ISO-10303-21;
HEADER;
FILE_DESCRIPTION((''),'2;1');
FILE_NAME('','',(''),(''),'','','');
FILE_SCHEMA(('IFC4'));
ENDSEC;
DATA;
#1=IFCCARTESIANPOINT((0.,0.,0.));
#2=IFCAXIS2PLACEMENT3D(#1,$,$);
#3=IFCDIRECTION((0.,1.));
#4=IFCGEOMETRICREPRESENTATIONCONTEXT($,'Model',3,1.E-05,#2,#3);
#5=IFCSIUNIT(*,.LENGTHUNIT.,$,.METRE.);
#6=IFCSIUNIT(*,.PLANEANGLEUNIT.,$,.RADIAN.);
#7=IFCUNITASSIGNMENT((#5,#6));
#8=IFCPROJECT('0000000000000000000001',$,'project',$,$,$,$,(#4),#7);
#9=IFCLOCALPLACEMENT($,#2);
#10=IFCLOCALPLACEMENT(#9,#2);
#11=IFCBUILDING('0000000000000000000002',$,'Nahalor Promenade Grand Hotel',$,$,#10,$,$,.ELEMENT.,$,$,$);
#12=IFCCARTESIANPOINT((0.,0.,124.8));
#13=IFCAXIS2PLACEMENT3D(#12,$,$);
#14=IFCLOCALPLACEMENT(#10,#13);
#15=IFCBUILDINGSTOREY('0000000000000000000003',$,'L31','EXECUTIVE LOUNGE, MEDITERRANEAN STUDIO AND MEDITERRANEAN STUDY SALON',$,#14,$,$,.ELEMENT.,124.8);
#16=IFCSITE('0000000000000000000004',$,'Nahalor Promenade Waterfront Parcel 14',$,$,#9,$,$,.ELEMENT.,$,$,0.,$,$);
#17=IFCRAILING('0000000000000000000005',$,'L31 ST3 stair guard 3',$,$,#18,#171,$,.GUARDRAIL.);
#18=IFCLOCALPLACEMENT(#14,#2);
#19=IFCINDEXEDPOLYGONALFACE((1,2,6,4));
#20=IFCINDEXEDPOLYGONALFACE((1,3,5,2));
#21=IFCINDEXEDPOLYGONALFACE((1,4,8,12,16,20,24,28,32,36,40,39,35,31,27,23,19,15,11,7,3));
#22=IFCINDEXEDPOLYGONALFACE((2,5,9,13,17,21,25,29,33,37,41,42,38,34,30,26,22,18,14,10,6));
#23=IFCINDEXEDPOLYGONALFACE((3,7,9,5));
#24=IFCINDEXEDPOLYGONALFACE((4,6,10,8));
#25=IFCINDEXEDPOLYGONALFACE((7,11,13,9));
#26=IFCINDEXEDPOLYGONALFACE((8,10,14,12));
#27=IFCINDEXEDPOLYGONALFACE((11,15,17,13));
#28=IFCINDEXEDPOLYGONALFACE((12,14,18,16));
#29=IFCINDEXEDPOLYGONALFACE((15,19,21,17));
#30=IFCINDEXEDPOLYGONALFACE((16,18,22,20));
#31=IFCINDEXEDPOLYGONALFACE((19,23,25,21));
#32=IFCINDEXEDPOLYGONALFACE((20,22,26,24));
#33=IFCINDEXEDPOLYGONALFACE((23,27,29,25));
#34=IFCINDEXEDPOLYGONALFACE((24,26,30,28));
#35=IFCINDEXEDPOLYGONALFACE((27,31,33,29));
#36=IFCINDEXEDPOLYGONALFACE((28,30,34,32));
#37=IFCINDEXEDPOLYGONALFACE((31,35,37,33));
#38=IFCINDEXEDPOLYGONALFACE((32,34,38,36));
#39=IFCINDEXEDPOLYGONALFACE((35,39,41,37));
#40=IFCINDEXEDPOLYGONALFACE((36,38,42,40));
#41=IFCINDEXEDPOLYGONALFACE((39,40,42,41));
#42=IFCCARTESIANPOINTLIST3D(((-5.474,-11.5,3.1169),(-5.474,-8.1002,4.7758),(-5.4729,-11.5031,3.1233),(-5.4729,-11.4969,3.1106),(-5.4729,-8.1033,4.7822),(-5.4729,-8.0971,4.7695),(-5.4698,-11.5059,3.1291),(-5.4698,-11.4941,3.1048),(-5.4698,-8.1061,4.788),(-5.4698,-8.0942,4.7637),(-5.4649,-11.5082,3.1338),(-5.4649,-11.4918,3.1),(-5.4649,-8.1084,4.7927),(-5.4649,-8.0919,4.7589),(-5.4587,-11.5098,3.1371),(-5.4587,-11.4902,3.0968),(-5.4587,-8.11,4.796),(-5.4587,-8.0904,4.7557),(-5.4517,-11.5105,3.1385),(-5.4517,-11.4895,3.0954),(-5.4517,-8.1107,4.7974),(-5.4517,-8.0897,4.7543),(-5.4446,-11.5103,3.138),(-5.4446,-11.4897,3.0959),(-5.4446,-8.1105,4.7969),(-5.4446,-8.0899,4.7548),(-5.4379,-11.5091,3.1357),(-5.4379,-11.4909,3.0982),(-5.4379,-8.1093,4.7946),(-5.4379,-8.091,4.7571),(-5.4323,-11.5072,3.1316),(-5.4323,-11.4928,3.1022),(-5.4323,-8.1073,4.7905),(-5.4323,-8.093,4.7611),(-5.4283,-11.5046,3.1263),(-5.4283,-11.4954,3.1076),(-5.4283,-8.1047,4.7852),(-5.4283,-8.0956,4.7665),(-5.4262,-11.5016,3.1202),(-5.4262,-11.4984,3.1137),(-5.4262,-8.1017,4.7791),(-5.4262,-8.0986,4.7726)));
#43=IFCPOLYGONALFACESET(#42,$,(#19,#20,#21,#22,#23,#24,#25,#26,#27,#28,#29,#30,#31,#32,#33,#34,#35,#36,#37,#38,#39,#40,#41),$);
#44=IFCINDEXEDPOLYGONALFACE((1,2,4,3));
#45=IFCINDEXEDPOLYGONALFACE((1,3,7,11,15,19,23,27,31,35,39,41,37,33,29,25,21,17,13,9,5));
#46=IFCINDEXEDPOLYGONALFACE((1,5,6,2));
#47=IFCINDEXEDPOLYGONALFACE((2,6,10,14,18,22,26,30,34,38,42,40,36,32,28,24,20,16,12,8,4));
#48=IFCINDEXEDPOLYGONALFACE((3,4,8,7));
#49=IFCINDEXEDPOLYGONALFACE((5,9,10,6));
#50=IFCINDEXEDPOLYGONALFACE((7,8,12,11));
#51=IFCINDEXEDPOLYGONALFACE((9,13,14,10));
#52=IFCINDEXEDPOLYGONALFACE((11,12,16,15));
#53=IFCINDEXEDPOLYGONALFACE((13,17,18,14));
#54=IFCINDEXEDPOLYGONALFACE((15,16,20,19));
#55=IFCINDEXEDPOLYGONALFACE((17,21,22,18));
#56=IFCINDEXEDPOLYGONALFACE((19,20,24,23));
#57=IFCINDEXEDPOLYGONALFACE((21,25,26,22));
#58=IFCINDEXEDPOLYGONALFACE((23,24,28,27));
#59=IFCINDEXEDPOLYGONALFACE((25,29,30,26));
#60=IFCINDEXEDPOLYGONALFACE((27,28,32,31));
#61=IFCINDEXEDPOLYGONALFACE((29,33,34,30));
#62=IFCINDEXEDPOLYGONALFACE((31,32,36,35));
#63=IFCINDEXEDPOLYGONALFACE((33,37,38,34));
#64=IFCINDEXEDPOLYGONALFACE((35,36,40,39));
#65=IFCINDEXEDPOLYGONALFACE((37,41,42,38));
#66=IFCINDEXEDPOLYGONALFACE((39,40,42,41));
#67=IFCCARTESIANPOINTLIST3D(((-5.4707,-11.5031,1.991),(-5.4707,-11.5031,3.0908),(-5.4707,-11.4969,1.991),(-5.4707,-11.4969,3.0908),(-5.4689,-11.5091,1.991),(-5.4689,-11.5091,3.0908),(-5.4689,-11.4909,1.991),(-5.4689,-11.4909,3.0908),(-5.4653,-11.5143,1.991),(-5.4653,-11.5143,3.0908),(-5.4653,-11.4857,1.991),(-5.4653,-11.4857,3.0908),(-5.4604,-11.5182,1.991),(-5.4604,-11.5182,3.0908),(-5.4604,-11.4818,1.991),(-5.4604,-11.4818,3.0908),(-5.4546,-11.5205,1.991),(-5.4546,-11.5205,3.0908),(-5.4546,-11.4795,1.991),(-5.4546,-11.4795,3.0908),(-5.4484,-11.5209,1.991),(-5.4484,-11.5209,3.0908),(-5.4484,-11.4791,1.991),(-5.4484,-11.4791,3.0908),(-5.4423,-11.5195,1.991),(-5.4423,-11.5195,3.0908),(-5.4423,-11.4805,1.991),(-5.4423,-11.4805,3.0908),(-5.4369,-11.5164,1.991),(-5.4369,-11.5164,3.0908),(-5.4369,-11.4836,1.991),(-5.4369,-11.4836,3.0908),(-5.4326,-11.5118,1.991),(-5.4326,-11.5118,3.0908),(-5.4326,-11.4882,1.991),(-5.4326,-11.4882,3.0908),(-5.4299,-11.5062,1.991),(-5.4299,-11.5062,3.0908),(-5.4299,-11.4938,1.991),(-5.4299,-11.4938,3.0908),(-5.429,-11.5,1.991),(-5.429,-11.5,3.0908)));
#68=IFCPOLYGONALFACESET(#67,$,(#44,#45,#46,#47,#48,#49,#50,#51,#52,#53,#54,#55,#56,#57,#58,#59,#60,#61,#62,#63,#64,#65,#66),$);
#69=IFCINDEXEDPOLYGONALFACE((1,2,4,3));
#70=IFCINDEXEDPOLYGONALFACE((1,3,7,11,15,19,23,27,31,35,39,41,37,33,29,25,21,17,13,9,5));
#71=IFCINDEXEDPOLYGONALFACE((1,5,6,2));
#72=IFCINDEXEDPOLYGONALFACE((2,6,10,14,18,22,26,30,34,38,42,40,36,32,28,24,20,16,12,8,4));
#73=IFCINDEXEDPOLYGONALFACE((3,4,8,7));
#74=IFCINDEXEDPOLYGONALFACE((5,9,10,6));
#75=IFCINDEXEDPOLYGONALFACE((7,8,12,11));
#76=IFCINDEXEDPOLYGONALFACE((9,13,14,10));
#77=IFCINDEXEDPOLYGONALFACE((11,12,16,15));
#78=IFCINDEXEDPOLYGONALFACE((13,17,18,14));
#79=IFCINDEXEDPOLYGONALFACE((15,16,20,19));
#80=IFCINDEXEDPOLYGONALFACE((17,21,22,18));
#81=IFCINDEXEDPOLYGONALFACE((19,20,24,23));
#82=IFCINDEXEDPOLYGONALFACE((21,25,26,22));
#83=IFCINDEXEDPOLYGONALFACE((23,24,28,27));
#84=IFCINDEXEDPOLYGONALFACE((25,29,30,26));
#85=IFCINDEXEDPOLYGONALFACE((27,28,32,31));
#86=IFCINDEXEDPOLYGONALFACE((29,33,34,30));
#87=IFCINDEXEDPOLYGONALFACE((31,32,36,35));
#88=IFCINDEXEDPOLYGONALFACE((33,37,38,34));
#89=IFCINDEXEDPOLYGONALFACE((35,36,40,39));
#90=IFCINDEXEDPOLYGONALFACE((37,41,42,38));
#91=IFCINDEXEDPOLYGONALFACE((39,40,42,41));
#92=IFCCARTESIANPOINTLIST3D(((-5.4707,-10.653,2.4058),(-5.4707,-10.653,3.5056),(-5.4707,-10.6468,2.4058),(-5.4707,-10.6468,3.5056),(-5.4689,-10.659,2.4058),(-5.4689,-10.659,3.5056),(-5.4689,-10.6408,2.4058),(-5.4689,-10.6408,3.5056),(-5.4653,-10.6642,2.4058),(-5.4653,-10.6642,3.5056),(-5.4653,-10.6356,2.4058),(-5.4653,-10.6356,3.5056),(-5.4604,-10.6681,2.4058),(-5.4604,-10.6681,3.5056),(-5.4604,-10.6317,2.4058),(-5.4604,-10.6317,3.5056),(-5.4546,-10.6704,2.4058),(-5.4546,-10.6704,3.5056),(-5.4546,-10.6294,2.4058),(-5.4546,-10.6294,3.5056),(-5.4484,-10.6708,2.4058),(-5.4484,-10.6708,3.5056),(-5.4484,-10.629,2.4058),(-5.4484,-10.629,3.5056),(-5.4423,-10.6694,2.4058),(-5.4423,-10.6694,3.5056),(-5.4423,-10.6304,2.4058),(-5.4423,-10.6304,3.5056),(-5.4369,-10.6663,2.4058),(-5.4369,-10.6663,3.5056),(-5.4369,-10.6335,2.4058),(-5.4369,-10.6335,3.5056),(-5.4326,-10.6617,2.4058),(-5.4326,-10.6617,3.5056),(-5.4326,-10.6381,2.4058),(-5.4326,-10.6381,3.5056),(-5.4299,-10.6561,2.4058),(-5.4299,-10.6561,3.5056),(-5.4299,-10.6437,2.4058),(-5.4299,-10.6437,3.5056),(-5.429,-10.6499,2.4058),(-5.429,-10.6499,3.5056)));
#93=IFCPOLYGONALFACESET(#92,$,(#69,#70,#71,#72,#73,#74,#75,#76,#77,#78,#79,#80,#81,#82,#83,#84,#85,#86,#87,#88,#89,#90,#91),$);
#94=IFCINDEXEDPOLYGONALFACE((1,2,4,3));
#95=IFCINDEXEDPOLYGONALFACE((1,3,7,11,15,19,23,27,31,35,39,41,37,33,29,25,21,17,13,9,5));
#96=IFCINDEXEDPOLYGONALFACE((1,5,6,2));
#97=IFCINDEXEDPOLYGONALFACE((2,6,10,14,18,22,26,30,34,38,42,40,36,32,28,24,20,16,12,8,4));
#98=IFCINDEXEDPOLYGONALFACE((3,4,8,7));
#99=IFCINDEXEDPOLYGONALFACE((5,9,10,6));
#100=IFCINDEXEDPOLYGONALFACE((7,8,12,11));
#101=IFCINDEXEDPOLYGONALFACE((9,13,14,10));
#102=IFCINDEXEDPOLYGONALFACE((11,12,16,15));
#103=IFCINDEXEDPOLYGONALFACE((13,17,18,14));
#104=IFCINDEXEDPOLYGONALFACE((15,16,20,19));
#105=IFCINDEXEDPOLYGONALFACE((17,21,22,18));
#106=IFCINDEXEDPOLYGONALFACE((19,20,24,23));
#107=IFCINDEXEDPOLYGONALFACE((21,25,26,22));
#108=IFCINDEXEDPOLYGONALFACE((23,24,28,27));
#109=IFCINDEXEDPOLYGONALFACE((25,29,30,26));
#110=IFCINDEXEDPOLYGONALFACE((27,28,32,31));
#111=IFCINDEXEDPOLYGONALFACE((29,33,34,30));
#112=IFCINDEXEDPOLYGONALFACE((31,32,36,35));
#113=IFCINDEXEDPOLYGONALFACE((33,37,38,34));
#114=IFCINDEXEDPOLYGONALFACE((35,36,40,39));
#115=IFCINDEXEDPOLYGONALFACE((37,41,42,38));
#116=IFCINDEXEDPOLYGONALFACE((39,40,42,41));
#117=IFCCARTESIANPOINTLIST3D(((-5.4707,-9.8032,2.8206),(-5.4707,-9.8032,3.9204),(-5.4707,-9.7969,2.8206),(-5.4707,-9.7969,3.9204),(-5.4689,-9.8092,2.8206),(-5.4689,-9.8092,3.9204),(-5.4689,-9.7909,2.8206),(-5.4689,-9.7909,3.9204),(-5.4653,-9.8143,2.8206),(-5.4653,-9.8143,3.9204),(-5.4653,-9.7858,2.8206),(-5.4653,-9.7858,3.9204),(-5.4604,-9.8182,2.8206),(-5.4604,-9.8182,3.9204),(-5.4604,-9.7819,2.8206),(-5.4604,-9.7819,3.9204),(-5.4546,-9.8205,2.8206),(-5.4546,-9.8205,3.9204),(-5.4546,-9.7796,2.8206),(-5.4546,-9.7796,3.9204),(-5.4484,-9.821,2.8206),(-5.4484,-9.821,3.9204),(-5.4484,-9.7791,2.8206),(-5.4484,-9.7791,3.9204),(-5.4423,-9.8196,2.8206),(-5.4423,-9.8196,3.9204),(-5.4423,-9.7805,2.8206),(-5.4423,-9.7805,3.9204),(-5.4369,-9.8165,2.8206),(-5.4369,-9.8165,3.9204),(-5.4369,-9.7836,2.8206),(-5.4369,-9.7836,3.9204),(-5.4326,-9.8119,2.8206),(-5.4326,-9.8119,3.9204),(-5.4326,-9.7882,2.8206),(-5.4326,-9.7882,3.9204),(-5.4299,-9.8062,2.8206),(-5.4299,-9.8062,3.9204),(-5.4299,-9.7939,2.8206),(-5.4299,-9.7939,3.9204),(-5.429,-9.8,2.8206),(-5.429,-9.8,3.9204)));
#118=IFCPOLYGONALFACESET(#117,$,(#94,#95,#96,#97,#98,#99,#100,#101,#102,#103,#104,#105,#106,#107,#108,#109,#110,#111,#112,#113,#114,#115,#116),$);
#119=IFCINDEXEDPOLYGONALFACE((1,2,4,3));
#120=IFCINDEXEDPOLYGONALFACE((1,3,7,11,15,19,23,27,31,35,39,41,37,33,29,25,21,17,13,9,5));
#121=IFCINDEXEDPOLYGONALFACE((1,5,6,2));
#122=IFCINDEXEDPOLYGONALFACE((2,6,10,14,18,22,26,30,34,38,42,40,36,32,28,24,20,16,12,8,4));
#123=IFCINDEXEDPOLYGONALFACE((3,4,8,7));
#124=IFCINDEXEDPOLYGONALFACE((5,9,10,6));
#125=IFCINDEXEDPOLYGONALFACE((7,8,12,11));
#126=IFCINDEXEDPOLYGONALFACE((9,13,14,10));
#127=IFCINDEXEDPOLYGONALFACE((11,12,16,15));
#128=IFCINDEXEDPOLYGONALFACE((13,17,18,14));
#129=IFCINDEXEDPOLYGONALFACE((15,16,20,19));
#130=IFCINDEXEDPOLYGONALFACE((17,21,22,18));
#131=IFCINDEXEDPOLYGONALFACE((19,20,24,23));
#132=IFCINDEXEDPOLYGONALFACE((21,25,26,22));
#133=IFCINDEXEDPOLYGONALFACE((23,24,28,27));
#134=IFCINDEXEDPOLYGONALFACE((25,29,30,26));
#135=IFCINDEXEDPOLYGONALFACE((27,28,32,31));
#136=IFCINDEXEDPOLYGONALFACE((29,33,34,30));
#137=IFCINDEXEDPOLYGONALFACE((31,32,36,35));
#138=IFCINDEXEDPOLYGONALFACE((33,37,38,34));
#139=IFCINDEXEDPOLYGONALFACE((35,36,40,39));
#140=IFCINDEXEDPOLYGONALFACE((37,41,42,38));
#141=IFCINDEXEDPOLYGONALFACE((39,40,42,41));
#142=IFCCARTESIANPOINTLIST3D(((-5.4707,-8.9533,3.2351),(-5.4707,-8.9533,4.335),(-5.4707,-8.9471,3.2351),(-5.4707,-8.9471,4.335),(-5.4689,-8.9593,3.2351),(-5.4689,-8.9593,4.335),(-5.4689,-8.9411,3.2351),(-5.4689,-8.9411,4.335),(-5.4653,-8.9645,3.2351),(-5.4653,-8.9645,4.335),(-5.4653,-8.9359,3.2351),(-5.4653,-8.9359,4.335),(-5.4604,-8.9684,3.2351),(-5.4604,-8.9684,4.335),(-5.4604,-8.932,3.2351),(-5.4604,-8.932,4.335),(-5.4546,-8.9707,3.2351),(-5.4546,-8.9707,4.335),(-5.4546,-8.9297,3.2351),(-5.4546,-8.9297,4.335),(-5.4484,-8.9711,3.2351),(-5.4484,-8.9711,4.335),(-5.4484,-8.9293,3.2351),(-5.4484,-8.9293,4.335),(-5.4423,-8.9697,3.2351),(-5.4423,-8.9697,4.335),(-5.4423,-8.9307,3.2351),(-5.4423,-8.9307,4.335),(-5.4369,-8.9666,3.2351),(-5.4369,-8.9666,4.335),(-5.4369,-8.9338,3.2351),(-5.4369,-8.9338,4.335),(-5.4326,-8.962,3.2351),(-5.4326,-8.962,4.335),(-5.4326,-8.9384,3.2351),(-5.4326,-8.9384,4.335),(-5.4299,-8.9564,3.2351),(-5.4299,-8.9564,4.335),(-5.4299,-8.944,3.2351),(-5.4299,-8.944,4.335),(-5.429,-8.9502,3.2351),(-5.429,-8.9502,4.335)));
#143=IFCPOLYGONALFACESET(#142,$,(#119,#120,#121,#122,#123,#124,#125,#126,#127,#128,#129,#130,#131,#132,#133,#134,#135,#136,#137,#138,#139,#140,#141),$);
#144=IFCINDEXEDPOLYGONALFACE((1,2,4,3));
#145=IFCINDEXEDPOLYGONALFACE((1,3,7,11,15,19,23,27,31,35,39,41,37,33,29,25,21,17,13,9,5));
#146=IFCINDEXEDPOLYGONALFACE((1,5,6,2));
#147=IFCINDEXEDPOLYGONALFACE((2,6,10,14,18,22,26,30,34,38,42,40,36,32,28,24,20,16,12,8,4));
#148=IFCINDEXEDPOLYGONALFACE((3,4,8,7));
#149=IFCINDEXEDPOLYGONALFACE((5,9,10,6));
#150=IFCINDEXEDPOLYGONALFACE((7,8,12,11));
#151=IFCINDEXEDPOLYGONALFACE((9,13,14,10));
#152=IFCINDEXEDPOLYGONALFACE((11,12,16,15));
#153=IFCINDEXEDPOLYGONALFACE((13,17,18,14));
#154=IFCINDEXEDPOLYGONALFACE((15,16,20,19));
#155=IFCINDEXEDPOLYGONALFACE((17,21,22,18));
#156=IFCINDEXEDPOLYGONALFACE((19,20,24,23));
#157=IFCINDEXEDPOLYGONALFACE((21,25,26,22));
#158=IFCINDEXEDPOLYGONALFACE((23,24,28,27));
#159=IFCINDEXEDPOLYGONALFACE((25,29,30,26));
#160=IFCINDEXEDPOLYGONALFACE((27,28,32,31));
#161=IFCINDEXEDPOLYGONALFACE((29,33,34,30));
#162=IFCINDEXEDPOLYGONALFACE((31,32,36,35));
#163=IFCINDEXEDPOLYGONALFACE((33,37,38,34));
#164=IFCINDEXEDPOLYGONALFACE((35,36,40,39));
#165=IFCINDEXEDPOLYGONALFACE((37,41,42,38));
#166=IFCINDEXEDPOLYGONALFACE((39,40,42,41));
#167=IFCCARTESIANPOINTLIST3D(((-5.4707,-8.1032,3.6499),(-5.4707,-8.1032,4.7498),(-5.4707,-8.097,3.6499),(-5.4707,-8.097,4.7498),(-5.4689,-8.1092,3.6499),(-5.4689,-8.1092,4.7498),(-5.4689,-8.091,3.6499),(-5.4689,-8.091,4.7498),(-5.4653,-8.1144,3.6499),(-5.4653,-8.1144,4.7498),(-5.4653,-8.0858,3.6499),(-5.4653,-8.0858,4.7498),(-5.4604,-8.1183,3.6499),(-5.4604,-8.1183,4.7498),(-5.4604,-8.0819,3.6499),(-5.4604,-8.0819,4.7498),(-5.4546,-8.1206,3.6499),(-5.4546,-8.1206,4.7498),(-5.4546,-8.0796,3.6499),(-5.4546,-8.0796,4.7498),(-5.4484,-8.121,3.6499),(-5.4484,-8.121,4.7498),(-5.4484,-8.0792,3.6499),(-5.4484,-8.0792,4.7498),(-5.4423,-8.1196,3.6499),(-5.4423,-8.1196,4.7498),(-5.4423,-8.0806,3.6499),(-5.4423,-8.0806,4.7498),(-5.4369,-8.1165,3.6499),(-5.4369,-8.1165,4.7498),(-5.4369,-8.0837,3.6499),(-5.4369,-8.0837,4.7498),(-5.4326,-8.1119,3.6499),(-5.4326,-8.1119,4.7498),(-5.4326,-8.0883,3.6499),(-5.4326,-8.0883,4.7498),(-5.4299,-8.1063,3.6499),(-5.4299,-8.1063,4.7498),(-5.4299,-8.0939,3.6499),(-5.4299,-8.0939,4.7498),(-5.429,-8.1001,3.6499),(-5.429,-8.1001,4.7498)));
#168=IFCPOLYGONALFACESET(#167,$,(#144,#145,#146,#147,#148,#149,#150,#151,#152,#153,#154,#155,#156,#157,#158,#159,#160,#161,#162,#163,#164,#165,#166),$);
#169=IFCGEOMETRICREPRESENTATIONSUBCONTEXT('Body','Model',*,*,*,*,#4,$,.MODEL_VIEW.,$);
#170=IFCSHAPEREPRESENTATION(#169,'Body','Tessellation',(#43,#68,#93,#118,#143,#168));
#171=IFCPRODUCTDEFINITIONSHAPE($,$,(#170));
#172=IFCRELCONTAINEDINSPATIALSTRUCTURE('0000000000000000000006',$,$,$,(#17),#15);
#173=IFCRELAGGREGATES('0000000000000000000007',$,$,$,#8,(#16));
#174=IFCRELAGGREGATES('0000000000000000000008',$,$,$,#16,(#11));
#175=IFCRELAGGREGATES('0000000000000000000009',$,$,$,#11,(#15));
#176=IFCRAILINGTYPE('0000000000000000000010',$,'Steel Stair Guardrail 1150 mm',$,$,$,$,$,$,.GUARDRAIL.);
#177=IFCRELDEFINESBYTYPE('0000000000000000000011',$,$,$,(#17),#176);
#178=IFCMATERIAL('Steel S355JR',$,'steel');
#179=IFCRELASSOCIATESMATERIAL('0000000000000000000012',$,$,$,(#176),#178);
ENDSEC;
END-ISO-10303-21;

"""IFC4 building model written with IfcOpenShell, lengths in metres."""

from ifc_helpers import new_model, si_unit, direction, frame, origin, origin_2d, place, context, subcontext, project, spatial, circle, extrude, material, type_object, element, save


model = new_model("IFC4")

# Units and contexts
model_context = context("Model", 3, precision=1e-05, world=origin(), true_north=direction((0.0, 1.0)))
body_context = subcontext(model_context, "Body", "Model", "MODEL_VIEW")
ifc_project = project(units=[si_unit("LENGTHUNIT", "METRE"), si_unit("PLANEANGLEUNIT", "RADIAN")], contexts=[model_context])

# Site, building, storey
site_placement = place(None, origin())
site = spatial("IfcSite", under=ifc_project, at=site_placement, Name="Nahalor Promenade Waterfront Parcel 14", CompositionType="ELEMENT", RefElevation=0.0)
building_placement = place(site_placement, origin())
building = spatial("IfcBuilding", under=site, at=building_placement, Name="Nahalor Promenade Grand Hotel", CompositionType="ELEMENT")
storey_placement = place(building_placement, frame((0.0, 0.0, 124.8)))
storey = spatial("IfcBuildingStorey", under=building, at=storey_placement, Name="L31", Description="EXECUTIVE LOUNGE, MEDITERRANEAN STUDIO AND MEDITERRANEAN STUDY SALON", CompositionType="ELEMENT", Elevation=124.8)

# Shared definitions
ifc_material_1 = material(Name="Steel S355JR", Category="steel")

# Railing
railing_type_1 = type_object("IfcRailingType", Name="Steel Stair Guardrail 1150 mm", PredefinedType="GUARDRAIL", material=ifc_material_1)
railing_1_placement = place(storey_placement, frame((-5.45, -11.5, 1.991)))
element("IfcRailing", 1, at=railing_1_placement, inside=storey, type_object=railing_type_1, Name="L31 ST3 stair guard 3", PredefinedType="GUARDRAIL", context=body_context, shape_type="SweptSolid", body=[
    extrude(circle(Radius=0.024, at=origin_2d()), frame((0.0, 0.0, 1.126), z_axis=(0.0, 0.898722, 0.438519), x_axis=(-1.0, 0.0, 0.0)), (0.0, 0.0, 1.0), 3.783),
    extrude(circle(Radius=0.021, at=origin_2d()), origin(), (0.0, 0.0, 1.0), 1.0999),
    extrude(circle(Radius=0.021, at=origin_2d()), frame((0.0, 0.8501, 0.4148)), (0.0, 0.0, 1.0), 1.0999),
    extrude(circle(Radius=0.021, at=origin_2d()), frame((0.0, 1.7, 0.8296)), (0.0, 0.0, 1.0), 1.0999),
    extrude(circle(Radius=0.021, at=origin_2d()), frame((0.0, 2.5498, 1.2441)), (0.0, 0.0, 1.0), 1.0999),
    extrude(circle(Radius=0.021, at=origin_2d()), frame((0.0, 3.3999, 1.6589)), (0.0, 0.0, 1.0), 1.0999),
])

save(model, "model.ifc")
